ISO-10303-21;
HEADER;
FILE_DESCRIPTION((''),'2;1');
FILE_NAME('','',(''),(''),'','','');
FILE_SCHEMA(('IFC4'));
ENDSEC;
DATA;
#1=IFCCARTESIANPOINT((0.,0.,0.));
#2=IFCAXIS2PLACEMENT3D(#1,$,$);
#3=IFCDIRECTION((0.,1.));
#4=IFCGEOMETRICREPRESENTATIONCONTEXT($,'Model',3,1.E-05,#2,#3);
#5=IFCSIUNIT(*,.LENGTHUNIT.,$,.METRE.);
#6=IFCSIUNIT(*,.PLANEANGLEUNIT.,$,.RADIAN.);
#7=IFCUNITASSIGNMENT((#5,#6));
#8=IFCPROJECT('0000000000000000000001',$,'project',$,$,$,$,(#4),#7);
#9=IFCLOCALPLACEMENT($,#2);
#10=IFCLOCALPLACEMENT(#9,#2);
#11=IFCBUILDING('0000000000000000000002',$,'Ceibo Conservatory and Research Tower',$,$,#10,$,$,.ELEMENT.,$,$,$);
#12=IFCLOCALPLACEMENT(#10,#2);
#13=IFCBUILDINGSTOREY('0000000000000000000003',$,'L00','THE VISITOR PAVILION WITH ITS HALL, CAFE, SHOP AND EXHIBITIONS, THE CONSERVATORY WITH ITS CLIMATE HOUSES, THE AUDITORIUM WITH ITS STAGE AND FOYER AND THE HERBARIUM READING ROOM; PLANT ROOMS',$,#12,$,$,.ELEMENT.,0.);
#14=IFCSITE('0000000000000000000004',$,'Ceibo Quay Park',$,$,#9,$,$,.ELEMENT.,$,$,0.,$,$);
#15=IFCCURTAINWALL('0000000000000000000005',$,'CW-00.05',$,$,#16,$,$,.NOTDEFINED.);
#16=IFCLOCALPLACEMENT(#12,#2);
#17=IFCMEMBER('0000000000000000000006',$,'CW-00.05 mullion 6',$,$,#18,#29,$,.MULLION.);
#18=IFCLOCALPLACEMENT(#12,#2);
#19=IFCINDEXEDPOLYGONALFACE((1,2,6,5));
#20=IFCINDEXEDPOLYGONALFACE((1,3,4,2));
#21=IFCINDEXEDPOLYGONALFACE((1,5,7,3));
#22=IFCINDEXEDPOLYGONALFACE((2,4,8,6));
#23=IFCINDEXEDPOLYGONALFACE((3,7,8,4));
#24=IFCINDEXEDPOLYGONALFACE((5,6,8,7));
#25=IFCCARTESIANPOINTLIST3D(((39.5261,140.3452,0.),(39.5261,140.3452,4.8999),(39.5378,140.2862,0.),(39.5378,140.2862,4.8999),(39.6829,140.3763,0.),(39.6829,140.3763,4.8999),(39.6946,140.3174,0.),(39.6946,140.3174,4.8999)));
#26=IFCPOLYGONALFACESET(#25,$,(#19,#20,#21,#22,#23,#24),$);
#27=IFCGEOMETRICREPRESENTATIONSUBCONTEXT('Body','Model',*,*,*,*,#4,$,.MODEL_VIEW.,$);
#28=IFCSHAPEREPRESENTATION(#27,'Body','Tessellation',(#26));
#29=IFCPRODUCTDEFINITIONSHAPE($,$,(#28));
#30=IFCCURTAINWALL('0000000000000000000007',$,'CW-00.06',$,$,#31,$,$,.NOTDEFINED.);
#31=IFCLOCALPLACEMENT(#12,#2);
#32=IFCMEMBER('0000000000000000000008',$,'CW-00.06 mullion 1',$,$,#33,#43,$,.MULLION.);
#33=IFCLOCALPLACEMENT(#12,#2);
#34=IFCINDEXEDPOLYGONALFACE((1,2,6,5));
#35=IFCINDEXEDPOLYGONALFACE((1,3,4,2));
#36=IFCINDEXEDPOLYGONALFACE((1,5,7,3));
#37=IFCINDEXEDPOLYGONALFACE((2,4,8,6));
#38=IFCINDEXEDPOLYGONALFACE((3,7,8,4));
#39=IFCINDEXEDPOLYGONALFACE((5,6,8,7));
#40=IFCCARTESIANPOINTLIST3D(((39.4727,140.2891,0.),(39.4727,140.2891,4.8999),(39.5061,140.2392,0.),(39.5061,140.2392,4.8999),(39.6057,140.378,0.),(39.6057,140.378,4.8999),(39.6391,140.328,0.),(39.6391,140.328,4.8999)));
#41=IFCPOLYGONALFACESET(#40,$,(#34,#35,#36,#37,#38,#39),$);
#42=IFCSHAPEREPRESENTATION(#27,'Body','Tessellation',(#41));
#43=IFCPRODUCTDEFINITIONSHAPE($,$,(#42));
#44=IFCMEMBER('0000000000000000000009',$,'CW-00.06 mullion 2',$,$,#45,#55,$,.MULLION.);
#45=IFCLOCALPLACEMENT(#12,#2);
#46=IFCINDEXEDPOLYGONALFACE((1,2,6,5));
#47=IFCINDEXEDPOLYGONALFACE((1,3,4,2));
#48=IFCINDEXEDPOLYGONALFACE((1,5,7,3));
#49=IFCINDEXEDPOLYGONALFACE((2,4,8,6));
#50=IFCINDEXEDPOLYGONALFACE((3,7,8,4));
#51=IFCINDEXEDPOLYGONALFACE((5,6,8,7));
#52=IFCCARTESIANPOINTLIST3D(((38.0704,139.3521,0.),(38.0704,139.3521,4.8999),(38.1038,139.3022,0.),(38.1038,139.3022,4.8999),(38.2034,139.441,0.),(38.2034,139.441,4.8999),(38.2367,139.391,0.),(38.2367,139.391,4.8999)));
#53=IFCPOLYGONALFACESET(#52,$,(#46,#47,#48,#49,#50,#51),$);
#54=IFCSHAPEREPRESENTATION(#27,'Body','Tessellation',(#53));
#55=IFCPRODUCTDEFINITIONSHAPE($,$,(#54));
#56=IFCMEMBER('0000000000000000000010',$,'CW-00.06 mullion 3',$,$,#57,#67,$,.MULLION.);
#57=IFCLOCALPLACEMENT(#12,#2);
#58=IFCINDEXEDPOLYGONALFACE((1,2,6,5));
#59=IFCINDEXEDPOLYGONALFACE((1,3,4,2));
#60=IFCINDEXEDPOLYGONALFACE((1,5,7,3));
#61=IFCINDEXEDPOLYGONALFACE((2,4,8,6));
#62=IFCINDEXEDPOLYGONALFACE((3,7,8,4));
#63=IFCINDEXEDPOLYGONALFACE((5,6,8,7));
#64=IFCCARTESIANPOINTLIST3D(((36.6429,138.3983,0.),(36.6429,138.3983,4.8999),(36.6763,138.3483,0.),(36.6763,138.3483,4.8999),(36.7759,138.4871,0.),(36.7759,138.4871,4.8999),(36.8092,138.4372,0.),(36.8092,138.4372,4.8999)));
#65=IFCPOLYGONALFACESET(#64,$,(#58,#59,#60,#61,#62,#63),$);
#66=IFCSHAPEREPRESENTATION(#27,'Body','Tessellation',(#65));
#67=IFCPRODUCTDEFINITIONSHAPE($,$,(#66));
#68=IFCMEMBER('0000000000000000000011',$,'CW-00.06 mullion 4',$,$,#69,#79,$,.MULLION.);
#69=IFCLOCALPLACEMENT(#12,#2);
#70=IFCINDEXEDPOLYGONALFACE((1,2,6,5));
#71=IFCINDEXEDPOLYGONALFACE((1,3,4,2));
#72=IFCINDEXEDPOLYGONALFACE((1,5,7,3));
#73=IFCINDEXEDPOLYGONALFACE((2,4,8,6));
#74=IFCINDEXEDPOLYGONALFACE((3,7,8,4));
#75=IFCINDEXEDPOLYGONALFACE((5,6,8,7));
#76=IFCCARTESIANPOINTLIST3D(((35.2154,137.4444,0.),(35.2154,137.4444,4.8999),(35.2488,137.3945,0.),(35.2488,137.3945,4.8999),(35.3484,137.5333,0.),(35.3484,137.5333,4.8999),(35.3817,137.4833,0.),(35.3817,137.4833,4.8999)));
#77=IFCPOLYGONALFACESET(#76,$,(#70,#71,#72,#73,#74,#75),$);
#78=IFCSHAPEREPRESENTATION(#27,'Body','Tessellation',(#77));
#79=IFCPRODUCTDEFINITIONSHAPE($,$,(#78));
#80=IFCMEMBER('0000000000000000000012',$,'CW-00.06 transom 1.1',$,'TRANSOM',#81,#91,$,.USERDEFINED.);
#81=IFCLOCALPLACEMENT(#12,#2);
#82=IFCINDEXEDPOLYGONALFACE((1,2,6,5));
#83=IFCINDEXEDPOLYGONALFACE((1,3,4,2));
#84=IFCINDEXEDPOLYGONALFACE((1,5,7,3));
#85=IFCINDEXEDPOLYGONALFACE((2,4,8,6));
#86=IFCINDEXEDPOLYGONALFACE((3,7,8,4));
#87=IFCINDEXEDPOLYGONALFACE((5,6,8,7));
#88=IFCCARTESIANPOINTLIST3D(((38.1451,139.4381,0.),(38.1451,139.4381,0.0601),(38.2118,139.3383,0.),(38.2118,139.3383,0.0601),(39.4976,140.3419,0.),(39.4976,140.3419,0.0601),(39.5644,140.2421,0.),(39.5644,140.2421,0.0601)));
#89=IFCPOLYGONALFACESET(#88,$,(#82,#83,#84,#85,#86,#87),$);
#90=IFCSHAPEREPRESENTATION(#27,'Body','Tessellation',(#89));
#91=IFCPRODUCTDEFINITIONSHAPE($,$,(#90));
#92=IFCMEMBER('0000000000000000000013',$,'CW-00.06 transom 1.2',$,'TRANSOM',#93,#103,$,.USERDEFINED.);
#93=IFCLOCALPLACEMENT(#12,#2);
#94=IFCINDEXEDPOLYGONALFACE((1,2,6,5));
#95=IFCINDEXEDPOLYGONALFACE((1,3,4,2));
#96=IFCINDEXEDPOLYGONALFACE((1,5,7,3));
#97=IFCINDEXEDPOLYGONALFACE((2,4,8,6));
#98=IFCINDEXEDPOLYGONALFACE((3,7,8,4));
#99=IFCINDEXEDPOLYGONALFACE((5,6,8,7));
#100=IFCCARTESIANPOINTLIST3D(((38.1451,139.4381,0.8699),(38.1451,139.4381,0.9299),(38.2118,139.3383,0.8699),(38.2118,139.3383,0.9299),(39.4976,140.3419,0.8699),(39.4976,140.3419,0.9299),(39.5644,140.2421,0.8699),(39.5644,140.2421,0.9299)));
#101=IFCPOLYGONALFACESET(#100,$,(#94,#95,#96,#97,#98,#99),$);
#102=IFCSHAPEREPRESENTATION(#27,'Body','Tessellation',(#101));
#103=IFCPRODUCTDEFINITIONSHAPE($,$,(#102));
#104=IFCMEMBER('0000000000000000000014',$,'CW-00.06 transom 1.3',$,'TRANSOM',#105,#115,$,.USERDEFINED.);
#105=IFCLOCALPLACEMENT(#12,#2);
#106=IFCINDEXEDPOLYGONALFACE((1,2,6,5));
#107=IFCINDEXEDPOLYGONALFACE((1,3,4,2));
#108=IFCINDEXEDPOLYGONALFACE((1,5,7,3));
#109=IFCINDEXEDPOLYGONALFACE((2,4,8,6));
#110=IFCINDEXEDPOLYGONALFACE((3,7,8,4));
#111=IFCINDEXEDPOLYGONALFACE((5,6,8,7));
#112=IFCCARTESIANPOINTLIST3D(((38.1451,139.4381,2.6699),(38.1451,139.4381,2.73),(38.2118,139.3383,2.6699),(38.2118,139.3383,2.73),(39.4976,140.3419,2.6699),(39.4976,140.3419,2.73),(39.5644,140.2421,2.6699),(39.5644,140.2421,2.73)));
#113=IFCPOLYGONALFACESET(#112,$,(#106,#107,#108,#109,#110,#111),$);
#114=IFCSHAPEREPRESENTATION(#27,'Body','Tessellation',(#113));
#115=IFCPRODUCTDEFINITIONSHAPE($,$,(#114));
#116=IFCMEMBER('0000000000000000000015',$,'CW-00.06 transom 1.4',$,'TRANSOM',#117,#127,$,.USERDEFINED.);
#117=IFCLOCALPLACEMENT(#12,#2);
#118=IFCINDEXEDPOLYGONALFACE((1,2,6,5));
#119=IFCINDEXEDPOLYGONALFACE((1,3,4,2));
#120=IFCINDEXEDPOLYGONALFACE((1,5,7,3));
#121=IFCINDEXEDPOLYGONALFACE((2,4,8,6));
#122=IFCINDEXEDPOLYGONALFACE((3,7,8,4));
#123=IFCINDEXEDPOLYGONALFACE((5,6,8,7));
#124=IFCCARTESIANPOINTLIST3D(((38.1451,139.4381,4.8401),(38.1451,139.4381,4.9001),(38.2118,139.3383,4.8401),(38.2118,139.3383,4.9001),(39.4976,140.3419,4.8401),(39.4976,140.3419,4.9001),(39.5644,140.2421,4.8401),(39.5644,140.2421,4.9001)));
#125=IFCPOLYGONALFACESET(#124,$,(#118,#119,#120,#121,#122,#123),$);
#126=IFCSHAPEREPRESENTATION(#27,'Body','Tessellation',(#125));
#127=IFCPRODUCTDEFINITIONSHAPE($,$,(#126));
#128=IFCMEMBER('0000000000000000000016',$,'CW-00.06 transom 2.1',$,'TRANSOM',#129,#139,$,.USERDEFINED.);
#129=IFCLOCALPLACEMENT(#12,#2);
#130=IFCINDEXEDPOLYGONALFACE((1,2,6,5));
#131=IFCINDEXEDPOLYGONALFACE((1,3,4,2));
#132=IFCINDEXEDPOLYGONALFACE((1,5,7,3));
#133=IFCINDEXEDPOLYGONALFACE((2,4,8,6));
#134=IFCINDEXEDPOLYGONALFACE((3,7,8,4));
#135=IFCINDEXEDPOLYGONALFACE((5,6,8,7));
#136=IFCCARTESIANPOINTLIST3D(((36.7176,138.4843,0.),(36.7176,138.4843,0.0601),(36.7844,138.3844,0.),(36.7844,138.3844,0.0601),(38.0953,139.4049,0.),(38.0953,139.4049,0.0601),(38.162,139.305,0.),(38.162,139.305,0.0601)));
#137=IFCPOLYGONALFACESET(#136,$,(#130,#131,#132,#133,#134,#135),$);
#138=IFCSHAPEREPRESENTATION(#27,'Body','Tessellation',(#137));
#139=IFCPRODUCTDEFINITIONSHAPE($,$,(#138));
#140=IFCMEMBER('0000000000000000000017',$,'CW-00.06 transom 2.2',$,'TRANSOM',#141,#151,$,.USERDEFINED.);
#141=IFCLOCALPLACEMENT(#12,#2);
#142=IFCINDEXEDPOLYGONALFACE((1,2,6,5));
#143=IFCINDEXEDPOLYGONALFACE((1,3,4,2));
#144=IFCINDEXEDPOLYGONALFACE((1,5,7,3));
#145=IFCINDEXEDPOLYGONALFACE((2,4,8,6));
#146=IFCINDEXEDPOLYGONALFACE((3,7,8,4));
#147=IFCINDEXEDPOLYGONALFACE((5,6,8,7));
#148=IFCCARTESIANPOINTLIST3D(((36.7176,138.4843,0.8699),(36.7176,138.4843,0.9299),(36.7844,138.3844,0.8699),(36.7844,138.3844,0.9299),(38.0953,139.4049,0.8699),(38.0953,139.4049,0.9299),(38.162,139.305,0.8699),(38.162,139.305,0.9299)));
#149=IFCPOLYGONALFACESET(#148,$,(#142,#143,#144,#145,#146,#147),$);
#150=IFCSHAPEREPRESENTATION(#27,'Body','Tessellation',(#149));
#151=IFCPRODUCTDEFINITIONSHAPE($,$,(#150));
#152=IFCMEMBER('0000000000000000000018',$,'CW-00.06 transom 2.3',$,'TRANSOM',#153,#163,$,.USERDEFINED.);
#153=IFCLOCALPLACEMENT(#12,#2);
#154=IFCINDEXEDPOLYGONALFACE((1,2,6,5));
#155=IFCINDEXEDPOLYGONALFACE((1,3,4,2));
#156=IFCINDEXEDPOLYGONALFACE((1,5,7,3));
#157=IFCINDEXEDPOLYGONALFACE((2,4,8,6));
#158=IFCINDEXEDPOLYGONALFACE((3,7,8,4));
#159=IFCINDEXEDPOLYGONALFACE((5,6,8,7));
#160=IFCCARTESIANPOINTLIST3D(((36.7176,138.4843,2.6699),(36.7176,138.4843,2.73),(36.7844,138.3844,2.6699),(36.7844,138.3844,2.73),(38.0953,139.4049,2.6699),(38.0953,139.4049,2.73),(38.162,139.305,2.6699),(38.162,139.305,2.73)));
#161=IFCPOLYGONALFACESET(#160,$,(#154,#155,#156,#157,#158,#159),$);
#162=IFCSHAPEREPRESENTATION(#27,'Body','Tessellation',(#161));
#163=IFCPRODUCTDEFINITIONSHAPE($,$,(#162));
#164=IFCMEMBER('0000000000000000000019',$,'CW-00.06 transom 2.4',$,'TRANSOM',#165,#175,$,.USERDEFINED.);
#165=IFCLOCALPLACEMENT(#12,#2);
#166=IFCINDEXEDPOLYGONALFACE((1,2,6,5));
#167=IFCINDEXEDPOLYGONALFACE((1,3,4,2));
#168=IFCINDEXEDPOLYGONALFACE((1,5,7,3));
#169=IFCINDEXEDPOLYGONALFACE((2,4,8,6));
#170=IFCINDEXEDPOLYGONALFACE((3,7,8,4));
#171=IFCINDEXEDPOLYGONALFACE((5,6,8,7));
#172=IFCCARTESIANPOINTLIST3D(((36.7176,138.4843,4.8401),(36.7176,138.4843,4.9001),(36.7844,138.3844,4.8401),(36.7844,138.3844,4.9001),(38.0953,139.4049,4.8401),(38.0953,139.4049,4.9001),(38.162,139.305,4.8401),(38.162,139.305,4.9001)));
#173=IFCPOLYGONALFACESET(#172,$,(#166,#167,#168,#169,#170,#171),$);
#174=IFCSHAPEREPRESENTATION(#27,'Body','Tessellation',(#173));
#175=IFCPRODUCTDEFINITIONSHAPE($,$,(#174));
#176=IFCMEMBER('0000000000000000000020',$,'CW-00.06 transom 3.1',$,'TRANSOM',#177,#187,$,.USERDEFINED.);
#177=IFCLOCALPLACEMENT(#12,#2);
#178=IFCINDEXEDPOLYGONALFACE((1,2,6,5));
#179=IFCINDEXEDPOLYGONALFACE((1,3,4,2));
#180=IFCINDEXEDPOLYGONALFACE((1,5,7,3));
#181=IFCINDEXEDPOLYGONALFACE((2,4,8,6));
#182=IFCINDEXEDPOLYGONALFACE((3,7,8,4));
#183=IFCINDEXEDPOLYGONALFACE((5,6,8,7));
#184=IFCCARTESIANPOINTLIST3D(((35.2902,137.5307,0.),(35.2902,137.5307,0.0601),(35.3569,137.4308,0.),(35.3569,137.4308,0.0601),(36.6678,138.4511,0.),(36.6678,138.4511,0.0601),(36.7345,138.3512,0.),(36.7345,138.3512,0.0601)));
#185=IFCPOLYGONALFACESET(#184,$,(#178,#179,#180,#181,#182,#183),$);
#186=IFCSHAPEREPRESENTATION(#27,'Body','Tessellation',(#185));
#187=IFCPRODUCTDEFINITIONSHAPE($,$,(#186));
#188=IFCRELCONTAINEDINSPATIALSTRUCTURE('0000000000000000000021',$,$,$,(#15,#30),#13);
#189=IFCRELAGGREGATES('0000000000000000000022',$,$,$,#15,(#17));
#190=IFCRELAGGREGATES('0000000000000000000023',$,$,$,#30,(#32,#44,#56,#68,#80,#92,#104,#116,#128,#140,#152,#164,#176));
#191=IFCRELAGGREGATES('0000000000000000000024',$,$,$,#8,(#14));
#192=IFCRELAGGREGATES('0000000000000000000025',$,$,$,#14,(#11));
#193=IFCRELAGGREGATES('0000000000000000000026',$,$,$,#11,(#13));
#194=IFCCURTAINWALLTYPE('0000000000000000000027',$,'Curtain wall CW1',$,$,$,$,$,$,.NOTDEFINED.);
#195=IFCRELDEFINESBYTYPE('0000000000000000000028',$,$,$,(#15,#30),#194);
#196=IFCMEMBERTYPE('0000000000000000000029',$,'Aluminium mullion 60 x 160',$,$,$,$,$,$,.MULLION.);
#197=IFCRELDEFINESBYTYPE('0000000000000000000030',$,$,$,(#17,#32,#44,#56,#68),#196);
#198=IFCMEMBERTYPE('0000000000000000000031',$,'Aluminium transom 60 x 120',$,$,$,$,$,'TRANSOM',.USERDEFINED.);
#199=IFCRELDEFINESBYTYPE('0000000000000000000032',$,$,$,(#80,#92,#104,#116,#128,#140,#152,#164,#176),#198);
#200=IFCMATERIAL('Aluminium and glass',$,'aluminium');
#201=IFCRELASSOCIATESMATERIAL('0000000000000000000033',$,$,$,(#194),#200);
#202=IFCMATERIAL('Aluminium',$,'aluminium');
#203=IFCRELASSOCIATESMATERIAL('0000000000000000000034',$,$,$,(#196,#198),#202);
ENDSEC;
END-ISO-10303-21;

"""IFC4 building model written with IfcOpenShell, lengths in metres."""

from ifc_helpers import new_model, si_unit, direction, frame, origin, origin_2d, place, context, subcontext, project, spatial, rectangle, extrude, material, material_profile, profile_set, type_object, element, aggregate, save


model = new_model("IFC4")

# Units and contexts
model_context = context("Model", 3, precision=1e-05, world=origin(), true_north=direction((0.0, 1.0)))
body_context = subcontext(model_context, "Body", "Model", "MODEL_VIEW")
ifc_project = project(units=[si_unit("LENGTHUNIT", "METRE"), si_unit("PLANEANGLEUNIT", "RADIAN")], contexts=[model_context])

# Site, building, storey
site_placement = place(None, origin())
site = spatial("IfcSite", under=ifc_project, at=site_placement, Name="Ceibo Quay Park", CompositionType="ELEMENT", RefElevation=0.0)
building_placement = place(site_placement, origin())
building = spatial("IfcBuilding", under=site, at=building_placement, Name="Ceibo Conservatory and Research Tower", CompositionType="ELEMENT")
storey_placement = place(building_placement, origin())
storey = spatial("IfcBuildingStorey", under=building, at=storey_placement, Name="L00", Description="THE VISITOR PAVILION WITH ITS HALL, CAFE, SHOP AND EXHIBITIONS, THE CONSERVATORY WITH ITS CLIMATE HOUSES, THE AUDITORIUM WITH ITS STAGE AND FOYER AND THE HERBARIUM READING ROOM; PLANT ROOMS", CompositionType="ELEMENT", Elevation=0.0)

# Curtain wall, member
ifc_material_1 = material(Name="Aluminium and glass", Category="aluminium")
curtain_wall_type = type_object("IfcCurtainWallType", Name="Curtain wall CW1", PredefinedType="NOTDEFINED", material=ifc_material_1)
curtain_wall_1_placement = place(storey_placement, origin())
curtain_wall_1 = element("IfcCurtainWall", 1, at=curtain_wall_1_placement, inside=storey, type_object=curtain_wall_type, Name="CW-00.05", PredefinedType="NOTDEFINED")
ifc_material_2 = material(Name="Aluminium", Category="aluminium")
ifc_material_profile_1 = material_profile(ifc_material_2, rectangle(XDim=0.0601, YDim=0.1599, at=origin_2d()), Name="Aluminium 60 x 160")
ifc_profile_set_1 = profile_set([ifc_material_profile_1], Name="Aluminium")
member_type_1 = type_object("IfcMemberType", Name="Aluminium mullion 60 x 160", PredefinedType="MULLION", material=ifc_profile_set_1)
member_1_placement = place(storey_placement, frame((39.6104, 140.3313, 0.0), z_axis=(0.0, 0.0, 1.0), x_axis=(0.19509, -0.980785, 0.0)))
member_1 = element("IfcMember", 2, at=member_1_placement, type_object=member_type_1, Name="CW-00.05 mullion 6", PredefinedType="MULLION", context=body_context, shape_type="SweptSolid", body=[
    extrude(rectangle(XDim=0.0601, YDim=0.1599, at=origin_2d()), origin(), (0.0, 0.0, 1.0), 4.8999),
])

# Curtain wall, members
curtain_wall_2_placement = place(storey_placement, origin())
curtain_wall_2 = element("IfcCurtainWall", 3, at=curtain_wall_2_placement, inside=storey, type_object=curtain_wall_type, Name="CW-00.06", PredefinedType="NOTDEFINED")
member_2_placement = place(storey_placement, frame((39.5559, 140.3086, 0.0), z_axis=(0.0, 0.0, 1.0), x_axis=(0.55557, -0.83147, 0.0)))
member_2 = element("IfcMember", 4, at=member_2_placement, type_object=member_type_1, Name="CW-00.06 mullion 1", PredefinedType="MULLION", context=body_context, shape_type="SweptSolid", body=[
    extrude(rectangle(XDim=0.0601, YDim=0.1599, at=origin_2d()), origin(), (0.0, 0.0, 1.0), 4.8999),
])
member_3_placement = place(storey_placement, frame((38.1536, 139.3716, 0.0), z_axis=(0.0, 0.0, 1.0), x_axis=(0.55557, -0.83147, 0.0)))
member_3 = element("IfcMember", 5, at=member_3_placement, type_object=member_type_1, Name="CW-00.06 mullion 2", PredefinedType="MULLION", context=body_context, shape_type="SweptSolid", body=[
    extrude(rectangle(XDim=0.0601, YDim=0.1599, at=origin_2d()), origin(), (0.0, 0.0, 1.0), 4.8999),
])
member_4_placement = place(storey_placement, frame((36.7261, 138.4177, 0.0), z_axis=(0.0, 0.0, 1.0), x_axis=(0.55557, -0.83147, 0.0)))
member_4 = element("IfcMember", 6, at=member_4_placement, type_object=member_type_1, Name="CW-00.06 mullion 3", PredefinedType="MULLION", context=body_context, shape_type="SweptSolid", body=[
    extrude(rectangle(XDim=0.0601, YDim=0.1599, at=origin_2d()), origin(), (0.0, 0.0, 1.0), 4.8999),
])
member_5_placement = place(storey_placement, frame((35.2986, 137.4639, 0.0), z_axis=(0.0, 0.0, 1.0), x_axis=(0.55557, -0.83147, 0.0)))
member_5 = element("IfcMember", 7, at=member_5_placement, type_object=member_type_1, Name="CW-00.06 mullion 4", PredefinedType="MULLION", context=body_context, shape_type="SweptSolid", body=[
    extrude(rectangle(XDim=0.0601, YDim=0.1599, at=origin_2d()), origin(), (0.0, 0.0, 1.0), 4.8999),
])
ifc_material_profile_2 = material_profile(ifc_material_2, rectangle(XDim=0.1201, YDim=0.0601, at=origin_2d()), Name="Aluminium 60 x 120")
ifc_profile_set_2 = profile_set([ifc_material_profile_2], Name="Aluminium")
member_type_2 = type_object("IfcMemberType", Name="Aluminium transom 60 x 120", ElementType="TRANSOM", PredefinedType="USERDEFINED", material=ifc_profile_set_2)
member_6_placement = place(storey_placement, frame((39.531, 140.292, 0.03), z_axis=(-0.831449, -0.5556, 0.0), x_axis=(0.5556, -0.831449, 0.0)))
member_6 = element("IfcMember", 8, at=member_6_placement, type_object=member_type_2, Name="CW-00.06 transom 1.1", ObjectType="TRANSOM", PredefinedType="USERDEFINED", context=body_context, shape_type="SweptSolid", body=[
    extrude(rectangle(XDim=0.1201, YDim=0.0601, at=origin_2d()), origin(), (0.0, 0.0, 1.0), 1.6267),
])
member_7_placement = place(storey_placement, frame((39.531, 140.292, 0.8999), z_axis=(-0.831449, -0.5556, 0.0), x_axis=(0.5556, -0.831449, 0.0)))
member_7 = element("IfcMember", 9, at=member_7_placement, type_object=member_type_2, Name="CW-00.06 transom 1.2", ObjectType="TRANSOM", PredefinedType="USERDEFINED", context=body_context, shape_type="SweptSolid", body=[
    extrude(rectangle(XDim=0.1201, YDim=0.0601, at=origin_2d()), origin(), (0.0, 0.0, 1.0), 1.6267),
])
member_8_placement = place(storey_placement, frame((39.531, 140.292, 2.7), z_axis=(-0.831449, -0.5556, 0.0), x_axis=(0.5556, -0.831449, 0.0)))
member_8 = element("IfcMember", 10, at=member_8_placement, type_object=member_type_2, Name="CW-00.06 transom 1.3", ObjectType="TRANSOM", PredefinedType="USERDEFINED", context=body_context, shape_type="SweptSolid", body=[
    extrude(rectangle(XDim=0.1201, YDim=0.0601, at=origin_2d()), origin(), (0.0, 0.0, 1.0), 1.6267),
])
member_9_placement = place(storey_placement, frame((39.531, 140.292, 4.8701), z_axis=(-0.831449, -0.5556, 0.0), x_axis=(0.5556, -0.831449, 0.0)))
member_9 = element("IfcMember", 11, at=member_9_placement, type_object=member_type_2, Name="CW-00.06 transom 1.4", ObjectType="TRANSOM", PredefinedType="USERDEFINED", context=body_context, shape_type="SweptSolid", body=[
    extrude(rectangle(XDim=0.1201, YDim=0.0601, at=origin_2d()), origin(), (0.0, 0.0, 1.0), 1.6267),
])
member_10_placement = place(storey_placement, frame((38.1287, 139.355, 0.03), z_axis=(-0.831438, -0.555618, 0.0), x_axis=(0.555618, -0.831438, 0.0)))
member_10 = element("IfcMember", 12, at=member_10_placement, type_object=member_type_2, Name="CW-00.06 transom 2.1", ObjectType="TRANSOM", PredefinedType="USERDEFINED", context=body_context, shape_type="SweptSolid", body=[
    extrude(rectangle(XDim=0.1201, YDim=0.0601, at=origin_2d()), origin(), (0.0, 0.0, 1.0), 1.657),
])
member_11_placement = place(storey_placement, frame((38.1287, 139.355, 0.8999), z_axis=(-0.831438, -0.555618, 0.0), x_axis=(0.555618, -0.831438, 0.0)))
member_11 = element("IfcMember", 13, at=member_11_placement, type_object=member_type_2, Name="CW-00.06 transom 2.2", ObjectType="TRANSOM", PredefinedType="USERDEFINED", context=body_context, shape_type="SweptSolid", body=[
    extrude(rectangle(XDim=0.1201, YDim=0.0601, at=origin_2d()), origin(), (0.0, 0.0, 1.0), 1.657),
])
member_12_placement = place(storey_placement, frame((38.1287, 139.355, 2.7), z_axis=(-0.831438, -0.555618, 0.0), x_axis=(0.555618, -0.831438, 0.0)))
member_12 = element("IfcMember", 14, at=member_12_placement, type_object=member_type_2, Name="CW-00.06 transom 2.3", ObjectType="TRANSOM", PredefinedType="USERDEFINED", context=body_context, shape_type="SweptSolid", body=[
    extrude(rectangle(XDim=0.1201, YDim=0.0601, at=origin_2d()), origin(), (0.0, 0.0, 1.0), 1.657),
])
member_13_placement = place(storey_placement, frame((38.1287, 139.355, 4.8701), z_axis=(-0.831438, -0.555618, 0.0), x_axis=(0.555618, -0.831438, 0.0)))
member_13 = element("IfcMember", 15, at=member_13_placement, type_object=member_type_2, Name="CW-00.06 transom 2.4", ObjectType="TRANSOM", PredefinedType="USERDEFINED", context=body_context, shape_type="SweptSolid", body=[
    extrude(rectangle(XDim=0.1201, YDim=0.0601, at=origin_2d()), origin(), (0.0, 0.0, 1.0), 1.657),
])
member_14_placement = place(storey_placement, frame((36.7012, 138.4011, 0.03), z_axis=(-0.831506, -0.555516, 0.0), x_axis=(0.555516, -0.831506, 0.0)))
member_14 = element("IfcMember", 16, at=member_14_placement, type_object=member_type_2, Name="CW-00.06 transom 3.1", ObjectType="TRANSOM", PredefinedType="USERDEFINED", context=body_context, shape_type="SweptSolid", body=[
    extrude(rectangle(XDim=0.1201, YDim=0.0601, at=origin_2d()), origin(), (0.0, 0.0, 1.0), 1.6567),
])

aggregate(curtain_wall_1, [member_1])
aggregate(curtain_wall_2, [member_2, member_3, member_4, member_5, member_6, member_7, member_8, member_9, member_10, member_11, member_12, member_13, member_14])

save(model, "model.ifc")
